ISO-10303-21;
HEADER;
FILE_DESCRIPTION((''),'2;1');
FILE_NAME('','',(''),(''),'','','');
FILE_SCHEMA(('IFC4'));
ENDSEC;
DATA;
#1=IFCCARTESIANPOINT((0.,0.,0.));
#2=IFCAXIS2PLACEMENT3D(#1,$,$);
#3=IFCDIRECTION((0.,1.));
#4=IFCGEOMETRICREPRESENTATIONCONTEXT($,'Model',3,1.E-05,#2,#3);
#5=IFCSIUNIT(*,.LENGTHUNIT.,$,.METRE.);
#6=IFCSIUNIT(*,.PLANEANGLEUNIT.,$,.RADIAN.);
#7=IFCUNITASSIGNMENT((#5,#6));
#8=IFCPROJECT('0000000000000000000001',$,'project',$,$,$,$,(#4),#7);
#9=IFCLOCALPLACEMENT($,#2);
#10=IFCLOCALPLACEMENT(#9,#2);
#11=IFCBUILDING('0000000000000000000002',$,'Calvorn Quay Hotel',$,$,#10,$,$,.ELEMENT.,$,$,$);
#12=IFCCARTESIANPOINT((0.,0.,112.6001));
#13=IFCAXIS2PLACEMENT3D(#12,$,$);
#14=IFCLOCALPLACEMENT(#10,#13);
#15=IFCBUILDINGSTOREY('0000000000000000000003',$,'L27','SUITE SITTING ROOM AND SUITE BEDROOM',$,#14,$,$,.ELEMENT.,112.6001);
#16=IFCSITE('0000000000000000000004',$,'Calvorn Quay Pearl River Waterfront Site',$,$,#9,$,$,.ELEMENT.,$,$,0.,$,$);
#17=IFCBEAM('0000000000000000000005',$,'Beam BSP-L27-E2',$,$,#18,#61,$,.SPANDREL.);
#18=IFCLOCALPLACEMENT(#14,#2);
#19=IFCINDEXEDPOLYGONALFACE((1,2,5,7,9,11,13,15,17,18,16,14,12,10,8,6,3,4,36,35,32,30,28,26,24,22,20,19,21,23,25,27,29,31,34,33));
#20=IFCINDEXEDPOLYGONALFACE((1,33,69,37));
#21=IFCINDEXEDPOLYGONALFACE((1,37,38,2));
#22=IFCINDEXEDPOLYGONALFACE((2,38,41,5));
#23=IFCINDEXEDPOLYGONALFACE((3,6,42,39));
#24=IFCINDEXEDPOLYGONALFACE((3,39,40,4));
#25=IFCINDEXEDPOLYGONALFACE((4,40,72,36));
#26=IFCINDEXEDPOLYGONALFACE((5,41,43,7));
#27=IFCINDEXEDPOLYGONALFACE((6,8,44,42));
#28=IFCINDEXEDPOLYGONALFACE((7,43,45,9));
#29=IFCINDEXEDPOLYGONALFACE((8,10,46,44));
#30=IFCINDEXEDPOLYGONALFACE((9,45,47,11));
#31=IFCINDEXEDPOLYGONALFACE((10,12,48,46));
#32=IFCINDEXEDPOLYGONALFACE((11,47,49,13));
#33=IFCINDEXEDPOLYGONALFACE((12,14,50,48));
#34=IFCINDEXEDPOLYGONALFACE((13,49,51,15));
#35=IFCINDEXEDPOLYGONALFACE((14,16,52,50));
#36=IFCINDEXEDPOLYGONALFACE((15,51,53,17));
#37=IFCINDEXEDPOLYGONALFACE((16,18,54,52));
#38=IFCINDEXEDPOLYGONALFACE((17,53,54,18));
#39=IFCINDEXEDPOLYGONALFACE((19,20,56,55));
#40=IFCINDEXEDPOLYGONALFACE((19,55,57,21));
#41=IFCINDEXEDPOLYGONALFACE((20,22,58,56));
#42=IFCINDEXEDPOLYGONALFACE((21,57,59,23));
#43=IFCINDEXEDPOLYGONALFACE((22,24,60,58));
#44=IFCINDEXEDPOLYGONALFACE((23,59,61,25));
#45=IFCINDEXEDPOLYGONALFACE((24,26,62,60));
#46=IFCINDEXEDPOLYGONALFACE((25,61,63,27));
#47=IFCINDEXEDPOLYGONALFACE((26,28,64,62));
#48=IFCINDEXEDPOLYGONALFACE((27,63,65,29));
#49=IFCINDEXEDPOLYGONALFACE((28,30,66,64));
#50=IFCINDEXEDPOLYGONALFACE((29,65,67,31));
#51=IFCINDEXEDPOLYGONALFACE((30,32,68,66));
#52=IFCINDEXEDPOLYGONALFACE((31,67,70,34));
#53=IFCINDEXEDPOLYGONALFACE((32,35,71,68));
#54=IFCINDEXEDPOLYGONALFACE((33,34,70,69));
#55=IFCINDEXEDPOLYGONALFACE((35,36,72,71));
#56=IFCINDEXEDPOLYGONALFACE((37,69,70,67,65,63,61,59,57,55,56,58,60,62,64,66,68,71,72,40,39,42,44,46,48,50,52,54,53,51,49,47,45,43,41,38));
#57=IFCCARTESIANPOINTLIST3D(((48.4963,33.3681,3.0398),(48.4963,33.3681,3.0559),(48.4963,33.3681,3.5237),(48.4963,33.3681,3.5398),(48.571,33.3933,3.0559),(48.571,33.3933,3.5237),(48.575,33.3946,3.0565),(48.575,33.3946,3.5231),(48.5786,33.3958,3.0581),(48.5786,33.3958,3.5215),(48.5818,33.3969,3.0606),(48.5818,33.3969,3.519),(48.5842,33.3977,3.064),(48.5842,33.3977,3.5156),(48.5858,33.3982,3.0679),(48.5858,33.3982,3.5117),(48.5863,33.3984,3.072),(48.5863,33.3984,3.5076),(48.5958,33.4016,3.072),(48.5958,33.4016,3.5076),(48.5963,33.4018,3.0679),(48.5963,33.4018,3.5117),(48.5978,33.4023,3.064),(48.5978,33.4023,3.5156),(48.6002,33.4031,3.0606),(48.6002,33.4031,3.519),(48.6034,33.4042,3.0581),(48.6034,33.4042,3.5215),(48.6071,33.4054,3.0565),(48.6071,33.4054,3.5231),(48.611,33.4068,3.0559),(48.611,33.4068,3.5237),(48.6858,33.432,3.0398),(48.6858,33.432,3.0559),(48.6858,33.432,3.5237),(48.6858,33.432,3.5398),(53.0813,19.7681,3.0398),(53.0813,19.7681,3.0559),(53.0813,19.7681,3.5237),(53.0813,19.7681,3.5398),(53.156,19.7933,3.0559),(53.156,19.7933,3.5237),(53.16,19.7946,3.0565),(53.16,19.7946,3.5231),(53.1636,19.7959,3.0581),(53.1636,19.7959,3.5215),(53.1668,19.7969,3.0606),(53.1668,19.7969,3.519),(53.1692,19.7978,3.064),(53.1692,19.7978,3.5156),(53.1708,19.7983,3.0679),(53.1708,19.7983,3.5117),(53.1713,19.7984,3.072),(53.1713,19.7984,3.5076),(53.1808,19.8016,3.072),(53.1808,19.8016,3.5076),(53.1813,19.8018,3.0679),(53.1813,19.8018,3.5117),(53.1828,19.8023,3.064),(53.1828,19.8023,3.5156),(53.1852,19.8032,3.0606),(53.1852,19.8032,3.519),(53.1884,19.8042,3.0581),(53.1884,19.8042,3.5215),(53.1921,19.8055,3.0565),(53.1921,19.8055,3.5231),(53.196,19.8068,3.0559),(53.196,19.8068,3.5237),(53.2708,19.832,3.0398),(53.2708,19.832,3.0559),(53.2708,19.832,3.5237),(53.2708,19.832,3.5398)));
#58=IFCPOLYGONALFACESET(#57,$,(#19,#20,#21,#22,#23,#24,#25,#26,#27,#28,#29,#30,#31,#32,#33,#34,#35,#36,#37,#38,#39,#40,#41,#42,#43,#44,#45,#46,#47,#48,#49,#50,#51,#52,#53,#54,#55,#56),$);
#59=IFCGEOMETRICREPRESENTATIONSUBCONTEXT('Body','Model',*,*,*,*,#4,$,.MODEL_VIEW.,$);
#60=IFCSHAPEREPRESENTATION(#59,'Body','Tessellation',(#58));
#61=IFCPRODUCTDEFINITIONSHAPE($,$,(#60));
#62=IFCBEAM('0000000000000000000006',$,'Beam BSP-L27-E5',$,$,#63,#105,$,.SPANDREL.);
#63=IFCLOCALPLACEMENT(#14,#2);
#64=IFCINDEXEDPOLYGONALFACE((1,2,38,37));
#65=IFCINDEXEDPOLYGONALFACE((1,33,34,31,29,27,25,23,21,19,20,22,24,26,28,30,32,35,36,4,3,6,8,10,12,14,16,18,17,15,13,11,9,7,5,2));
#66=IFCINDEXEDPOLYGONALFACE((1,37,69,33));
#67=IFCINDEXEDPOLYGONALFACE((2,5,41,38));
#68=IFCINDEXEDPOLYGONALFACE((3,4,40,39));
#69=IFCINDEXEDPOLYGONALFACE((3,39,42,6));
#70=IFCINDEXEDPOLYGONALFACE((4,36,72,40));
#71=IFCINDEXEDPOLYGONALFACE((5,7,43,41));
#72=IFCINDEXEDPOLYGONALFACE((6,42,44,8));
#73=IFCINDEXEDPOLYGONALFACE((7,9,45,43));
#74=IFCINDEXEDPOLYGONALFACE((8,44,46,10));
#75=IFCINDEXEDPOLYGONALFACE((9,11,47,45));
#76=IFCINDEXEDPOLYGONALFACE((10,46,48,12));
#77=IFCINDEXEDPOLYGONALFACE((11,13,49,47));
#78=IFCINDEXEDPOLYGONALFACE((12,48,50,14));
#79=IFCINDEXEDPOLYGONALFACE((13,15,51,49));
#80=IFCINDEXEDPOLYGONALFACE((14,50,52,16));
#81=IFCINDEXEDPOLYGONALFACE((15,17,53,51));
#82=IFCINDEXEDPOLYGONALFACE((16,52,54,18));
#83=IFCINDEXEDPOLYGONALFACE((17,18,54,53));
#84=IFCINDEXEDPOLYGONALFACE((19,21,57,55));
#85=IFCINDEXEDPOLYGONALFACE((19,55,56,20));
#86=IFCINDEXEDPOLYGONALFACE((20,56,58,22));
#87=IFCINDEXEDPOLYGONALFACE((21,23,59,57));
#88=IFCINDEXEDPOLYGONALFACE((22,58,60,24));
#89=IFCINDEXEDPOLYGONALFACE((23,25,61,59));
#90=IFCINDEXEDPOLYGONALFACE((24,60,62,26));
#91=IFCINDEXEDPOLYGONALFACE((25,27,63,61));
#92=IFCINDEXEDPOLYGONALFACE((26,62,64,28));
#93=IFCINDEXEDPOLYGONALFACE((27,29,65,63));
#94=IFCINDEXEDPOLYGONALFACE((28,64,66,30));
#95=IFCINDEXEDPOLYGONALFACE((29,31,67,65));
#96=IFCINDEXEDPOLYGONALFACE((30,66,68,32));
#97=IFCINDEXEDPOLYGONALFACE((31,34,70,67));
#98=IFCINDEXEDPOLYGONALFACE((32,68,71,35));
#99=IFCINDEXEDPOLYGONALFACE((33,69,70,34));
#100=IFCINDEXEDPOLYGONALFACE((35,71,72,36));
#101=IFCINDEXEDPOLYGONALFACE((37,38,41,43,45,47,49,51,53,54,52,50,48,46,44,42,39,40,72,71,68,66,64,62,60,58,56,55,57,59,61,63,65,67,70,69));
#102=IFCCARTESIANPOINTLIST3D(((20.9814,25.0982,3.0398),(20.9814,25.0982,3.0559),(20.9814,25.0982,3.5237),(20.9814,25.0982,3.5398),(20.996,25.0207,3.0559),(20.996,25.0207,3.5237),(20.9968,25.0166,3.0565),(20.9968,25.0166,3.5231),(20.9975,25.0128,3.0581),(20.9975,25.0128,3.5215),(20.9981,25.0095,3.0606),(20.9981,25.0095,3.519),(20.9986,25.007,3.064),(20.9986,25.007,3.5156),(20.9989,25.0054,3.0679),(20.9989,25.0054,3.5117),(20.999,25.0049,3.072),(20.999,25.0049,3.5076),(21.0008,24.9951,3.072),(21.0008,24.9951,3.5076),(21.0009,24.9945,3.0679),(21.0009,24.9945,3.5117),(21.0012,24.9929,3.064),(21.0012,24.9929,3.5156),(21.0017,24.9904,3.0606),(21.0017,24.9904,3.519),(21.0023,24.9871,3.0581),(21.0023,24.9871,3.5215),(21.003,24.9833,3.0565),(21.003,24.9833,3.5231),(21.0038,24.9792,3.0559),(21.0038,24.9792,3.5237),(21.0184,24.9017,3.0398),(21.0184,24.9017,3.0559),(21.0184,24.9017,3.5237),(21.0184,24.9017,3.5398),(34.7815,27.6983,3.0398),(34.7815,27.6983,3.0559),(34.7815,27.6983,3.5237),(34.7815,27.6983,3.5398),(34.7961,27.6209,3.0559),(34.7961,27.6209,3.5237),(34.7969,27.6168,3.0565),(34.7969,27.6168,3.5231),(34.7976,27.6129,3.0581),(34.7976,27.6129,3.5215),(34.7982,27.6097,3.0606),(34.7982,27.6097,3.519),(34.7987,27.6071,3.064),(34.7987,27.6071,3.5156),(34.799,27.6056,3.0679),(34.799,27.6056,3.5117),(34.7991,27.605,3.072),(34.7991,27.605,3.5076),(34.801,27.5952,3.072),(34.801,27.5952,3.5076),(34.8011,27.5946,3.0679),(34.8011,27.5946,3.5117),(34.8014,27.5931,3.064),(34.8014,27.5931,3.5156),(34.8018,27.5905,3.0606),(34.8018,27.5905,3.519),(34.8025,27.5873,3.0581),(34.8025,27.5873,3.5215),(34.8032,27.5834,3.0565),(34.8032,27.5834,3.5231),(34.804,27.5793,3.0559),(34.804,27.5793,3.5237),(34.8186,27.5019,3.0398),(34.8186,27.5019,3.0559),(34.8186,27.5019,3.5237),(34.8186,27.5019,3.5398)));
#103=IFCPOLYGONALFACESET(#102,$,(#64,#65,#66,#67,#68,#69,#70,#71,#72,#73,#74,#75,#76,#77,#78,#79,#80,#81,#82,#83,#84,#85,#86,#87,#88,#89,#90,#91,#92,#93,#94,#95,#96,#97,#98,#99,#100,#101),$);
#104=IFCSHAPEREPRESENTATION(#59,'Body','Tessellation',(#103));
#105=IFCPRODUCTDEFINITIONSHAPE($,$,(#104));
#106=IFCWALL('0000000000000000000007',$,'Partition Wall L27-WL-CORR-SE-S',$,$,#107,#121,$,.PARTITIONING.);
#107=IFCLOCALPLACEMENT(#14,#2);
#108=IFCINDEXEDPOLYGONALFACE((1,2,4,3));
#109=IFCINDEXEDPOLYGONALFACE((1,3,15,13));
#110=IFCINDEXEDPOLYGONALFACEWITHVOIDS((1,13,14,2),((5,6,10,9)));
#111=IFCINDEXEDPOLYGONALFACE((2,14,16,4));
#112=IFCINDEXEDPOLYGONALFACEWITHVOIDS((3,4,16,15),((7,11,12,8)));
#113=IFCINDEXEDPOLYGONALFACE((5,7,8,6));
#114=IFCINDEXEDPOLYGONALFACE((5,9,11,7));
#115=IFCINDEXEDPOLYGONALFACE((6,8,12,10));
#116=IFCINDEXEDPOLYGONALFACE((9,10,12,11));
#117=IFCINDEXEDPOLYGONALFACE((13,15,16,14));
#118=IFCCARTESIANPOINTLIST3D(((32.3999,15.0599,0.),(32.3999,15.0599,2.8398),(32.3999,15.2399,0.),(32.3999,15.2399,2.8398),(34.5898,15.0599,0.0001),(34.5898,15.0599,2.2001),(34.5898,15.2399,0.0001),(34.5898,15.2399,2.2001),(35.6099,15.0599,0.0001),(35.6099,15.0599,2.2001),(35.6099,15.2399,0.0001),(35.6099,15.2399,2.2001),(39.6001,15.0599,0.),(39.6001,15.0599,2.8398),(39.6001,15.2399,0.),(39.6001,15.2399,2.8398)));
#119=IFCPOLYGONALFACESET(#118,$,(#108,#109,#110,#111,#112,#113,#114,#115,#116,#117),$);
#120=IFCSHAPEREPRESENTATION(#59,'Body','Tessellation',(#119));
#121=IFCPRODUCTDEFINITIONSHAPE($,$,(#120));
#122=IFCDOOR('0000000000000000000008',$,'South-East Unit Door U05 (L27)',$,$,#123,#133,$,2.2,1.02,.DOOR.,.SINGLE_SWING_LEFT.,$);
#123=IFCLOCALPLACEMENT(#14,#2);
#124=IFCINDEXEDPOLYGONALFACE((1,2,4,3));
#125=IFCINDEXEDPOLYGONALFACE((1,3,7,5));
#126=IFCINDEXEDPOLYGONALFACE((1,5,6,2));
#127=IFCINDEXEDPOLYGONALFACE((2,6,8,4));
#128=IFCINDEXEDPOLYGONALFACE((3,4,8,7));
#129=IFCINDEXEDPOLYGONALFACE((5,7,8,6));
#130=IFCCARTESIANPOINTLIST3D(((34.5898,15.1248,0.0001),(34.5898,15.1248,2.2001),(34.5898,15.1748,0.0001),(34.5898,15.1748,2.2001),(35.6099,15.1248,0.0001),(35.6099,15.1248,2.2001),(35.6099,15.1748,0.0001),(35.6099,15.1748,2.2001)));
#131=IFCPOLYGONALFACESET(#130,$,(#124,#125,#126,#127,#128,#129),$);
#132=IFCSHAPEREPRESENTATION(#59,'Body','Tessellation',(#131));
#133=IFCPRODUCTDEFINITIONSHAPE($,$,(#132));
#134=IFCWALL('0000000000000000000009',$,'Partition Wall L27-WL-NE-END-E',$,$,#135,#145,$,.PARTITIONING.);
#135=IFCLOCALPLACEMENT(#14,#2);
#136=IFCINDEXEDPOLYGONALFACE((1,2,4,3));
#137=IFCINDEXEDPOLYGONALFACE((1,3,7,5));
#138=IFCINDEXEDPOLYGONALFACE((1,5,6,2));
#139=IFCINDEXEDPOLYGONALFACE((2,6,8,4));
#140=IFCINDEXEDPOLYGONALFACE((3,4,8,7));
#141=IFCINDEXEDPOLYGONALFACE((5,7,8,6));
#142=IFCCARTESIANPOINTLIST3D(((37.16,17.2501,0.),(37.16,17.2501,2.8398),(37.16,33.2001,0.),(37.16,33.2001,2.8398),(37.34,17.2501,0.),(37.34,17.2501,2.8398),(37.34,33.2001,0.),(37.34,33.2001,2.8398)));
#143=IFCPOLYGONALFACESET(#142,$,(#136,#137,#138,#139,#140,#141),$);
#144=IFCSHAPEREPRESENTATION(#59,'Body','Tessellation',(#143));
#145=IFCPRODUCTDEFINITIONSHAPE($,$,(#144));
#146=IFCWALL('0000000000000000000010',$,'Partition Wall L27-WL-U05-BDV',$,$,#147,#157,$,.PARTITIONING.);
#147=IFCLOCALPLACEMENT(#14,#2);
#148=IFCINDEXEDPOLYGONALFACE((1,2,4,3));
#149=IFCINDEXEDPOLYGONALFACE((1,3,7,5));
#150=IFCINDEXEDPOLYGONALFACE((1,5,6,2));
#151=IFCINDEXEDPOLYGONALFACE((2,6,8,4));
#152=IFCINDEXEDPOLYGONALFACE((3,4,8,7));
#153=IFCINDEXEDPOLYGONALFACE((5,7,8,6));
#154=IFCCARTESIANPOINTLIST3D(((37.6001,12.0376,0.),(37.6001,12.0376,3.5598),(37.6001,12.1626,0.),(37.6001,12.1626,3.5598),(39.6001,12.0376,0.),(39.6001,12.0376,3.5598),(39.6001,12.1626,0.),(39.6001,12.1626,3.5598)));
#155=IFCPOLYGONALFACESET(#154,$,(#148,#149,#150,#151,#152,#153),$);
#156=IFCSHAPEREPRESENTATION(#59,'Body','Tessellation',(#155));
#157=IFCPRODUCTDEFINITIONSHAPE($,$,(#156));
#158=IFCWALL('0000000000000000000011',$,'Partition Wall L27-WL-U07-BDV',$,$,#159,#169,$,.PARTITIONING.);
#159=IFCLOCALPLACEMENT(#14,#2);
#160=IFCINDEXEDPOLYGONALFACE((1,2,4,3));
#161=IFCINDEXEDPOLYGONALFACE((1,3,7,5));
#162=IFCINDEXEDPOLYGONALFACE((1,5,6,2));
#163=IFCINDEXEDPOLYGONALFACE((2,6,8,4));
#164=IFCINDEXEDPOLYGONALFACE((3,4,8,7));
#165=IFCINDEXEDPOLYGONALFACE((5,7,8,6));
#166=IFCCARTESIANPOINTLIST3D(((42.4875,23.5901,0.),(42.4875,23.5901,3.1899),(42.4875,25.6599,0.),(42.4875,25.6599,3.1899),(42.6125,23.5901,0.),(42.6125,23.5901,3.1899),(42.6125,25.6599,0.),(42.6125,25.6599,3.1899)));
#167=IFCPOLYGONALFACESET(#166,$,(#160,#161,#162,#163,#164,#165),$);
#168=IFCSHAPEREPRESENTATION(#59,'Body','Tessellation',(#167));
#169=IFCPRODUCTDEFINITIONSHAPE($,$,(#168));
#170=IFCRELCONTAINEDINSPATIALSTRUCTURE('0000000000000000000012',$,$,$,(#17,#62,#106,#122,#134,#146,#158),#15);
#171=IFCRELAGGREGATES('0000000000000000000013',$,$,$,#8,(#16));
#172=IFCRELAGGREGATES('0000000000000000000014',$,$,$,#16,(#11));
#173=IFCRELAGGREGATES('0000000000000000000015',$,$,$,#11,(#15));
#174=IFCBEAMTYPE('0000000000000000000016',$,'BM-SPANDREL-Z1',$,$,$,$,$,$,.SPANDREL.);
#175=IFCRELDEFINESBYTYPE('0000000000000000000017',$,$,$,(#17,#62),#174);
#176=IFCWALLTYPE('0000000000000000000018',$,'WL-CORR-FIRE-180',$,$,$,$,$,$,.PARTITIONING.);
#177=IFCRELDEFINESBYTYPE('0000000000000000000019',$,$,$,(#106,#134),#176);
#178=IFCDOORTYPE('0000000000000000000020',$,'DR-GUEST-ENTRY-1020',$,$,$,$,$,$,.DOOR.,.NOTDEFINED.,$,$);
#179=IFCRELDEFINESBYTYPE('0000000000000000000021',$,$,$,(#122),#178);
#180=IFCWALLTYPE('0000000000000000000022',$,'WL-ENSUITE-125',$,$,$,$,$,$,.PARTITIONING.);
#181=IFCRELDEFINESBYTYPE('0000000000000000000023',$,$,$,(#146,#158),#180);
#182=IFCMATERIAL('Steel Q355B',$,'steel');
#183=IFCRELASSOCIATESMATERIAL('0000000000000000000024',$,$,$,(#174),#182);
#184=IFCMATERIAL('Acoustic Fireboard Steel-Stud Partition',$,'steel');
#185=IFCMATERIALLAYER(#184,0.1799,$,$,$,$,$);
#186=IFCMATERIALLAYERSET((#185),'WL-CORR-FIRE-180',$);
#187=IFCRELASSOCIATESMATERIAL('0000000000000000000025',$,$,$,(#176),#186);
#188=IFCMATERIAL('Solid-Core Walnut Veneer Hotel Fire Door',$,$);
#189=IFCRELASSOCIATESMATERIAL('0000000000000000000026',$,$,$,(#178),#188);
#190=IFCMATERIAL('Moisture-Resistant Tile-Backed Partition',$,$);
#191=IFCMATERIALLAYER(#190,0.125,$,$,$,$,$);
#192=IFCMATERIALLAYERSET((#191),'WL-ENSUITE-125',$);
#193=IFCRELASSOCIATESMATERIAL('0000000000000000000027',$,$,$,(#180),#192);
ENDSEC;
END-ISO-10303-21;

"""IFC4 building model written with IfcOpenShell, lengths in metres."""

from ifc_helpers import new_model, si_unit, direction, frame, frame_2d, origin, origin_2d, place, context, subcontext, project, spatial, rectangle, i_section, extrude, material, layer, layer_set, material_profile, profile_set, type_object, element, fill, save


model = new_model("IFC4")

# Units and contexts
model_context = context("Model", 3, precision=1e-05, world=origin(), true_north=direction((0.0, 1.0)))
body_context = subcontext(model_context, "Body", "Model", "MODEL_VIEW")
ifc_project = project(units=[si_unit("LENGTHUNIT", "METRE"), si_unit("PLANEANGLEUNIT", "RADIAN")], contexts=[model_context])

# Site, building, storey
site_placement = place(None, origin())
site = spatial("IfcSite", under=ifc_project, at=site_placement, Name="Calvorn Quay Pearl River Waterfront Site", CompositionType="ELEMENT", RefElevation=0.0)
building_placement = place(site_placement, origin())
building = spatial("IfcBuilding", under=site, at=building_placement, Name="Calvorn Quay Hotel", CompositionType="ELEMENT")
storey_placement = place(building_placement, frame((0.0, 0.0, 112.6001)))
storey = spatial("IfcBuildingStorey", under=building, at=storey_placement, Name="L27", Description="SUITE SITTING ROOM AND SUITE BEDROOM", CompositionType="ELEMENT", Elevation=112.6001)

# Beams
ifc_material_1 = material(Name="Steel Q355B", Category="steel")
ifc_material_profile_1 = material_profile(ifc_material_1, i_section(OverallWidth=0.2, OverallDepth=0.5, WebThickness=0.01, FlangeThickness=0.0161, FilletRadius=0.0161, at=origin_2d()), Name="HN500x200x10x16")
ifc_profile_set_1 = profile_set([ifc_material_profile_1], Name="Steel Q355B")
beam_type_1 = type_object("IfcBeamType", Name="BM-SPANDREL-Z1", PredefinedType="SPANDREL", material=ifc_profile_set_1)
beam_1_placement = place(storey_placement, frame((53.176, 19.8, 3.2898), z_axis=(-0.319467, 0.947598, 0.0), x_axis=(-0.947598, -0.319467, 0.0)))
element("IfcBeam", 1, at=beam_1_placement, inside=storey, type_object=beam_type_1, Name="Beam BSP-L27-E2", PredefinedType="SPANDREL", context=body_context, shape_type="SweptSolid", body=[
    extrude(i_section(OverallWidth=0.2, OverallDepth=0.5, WebThickness=0.01, FlangeThickness=0.0161, FilletRadius=0.0161, at=origin_2d()), origin(), (0.0, 0.0, 1.0), 14.3521),
])
beam_2_placement = place(storey_placement, frame((34.8, 27.6001, 3.2898), z_axis=(-0.982709, -0.185154, 0.0), x_axis=(0.185154, -0.982709, 0.0)))
element("IfcBeam", 2, at=beam_2_placement, inside=storey, type_object=beam_type_1, Name="Beam BSP-L27-E5", PredefinedType="SPANDREL", context=body_context, shape_type="SweptSolid", body=[
    extrude(i_section(OverallWidth=0.2, OverallDepth=0.5, WebThickness=0.01, FlangeThickness=0.0161, FilletRadius=0.0161, at=origin_2d()), origin(), (0.0, 0.0, 1.0), 14.043),
])

# Wall, opening, door
ifc_material_2 = material(Name="Acoustic Fireboard Steel-Stud Partition", Category="steel")
ifc_layer_1 = layer(ifc_material_2, 0.1799)
ifc_layer_set_1 = layer_set([ifc_layer_1], Name="WL-CORR-FIRE-180")
wall_type_1 = type_object("IfcWallType", Name="WL-CORR-FIRE-180", PredefinedType="PARTITIONING", material=ifc_layer_set_1)
wall_1_placement = place(storey_placement, frame((32.3999, 15.1499, 0.0), z_axis=(0.0, 0.0, 1.0), x_axis=(1.0, 0.0, 0.0)))
wall_1 = element("IfcWall", 3, at=wall_1_placement, inside=storey, type_object=wall_type_1, Name="Partition Wall L27-WL-CORR-SE-S", PredefinedType="PARTITIONING", context=body_context, shape_type="SweptSolid", body=[
    extrude(rectangle(XDim=7.2002, YDim=0.1799, at=frame_2d((3.6001, 0.0))), origin(), (0.0, 0.0, 1.0), 2.8398),
])
opening_1_placement = place(wall_1_placement, frame((2.1899, 0.0, 0.0)))
opening_1 = element("IfcOpeningElement", 4, at=opening_1_placement, cuts=wall_1, PredefinedType="OPENING", context=body_context, shape_type="SweptSolid", body=[
    extrude(rectangle(XDim=1.02, YDim=2.2, at=frame_2d((0.51, 1.1001))), frame((0.0, 0.0999, 0.0), z_axis=(0.0, -1.0, 0.0), x_axis=(1.0, 0.0, 0.0)), (0.0, 0.0, 1.0), 0.2),
])
ifc_material_3 = material(Name="Solid-Core Walnut Veneer Hotel Fire Door")
door_type_1 = type_object("IfcDoorType", Name="DR-GUEST-ENTRY-1020", OperationType="NOTDEFINED", PredefinedType="DOOR", material=ifc_material_3)
door_1_placement = place(opening_1_placement, origin())
door_1 = element("IfcDoor", 5, at=door_1_placement, inside=storey, type_object=door_type_1, Name="South-East Unit Door U05 (L27)", OperationType="SINGLE_SWING_LEFT", OverallHeight=2.2, OverallWidth=1.02, PredefinedType="DOOR", context=body_context, shape_type="SweptSolid", body=[
    extrude(rectangle(XDim=1.02, YDim=2.2, at=frame_2d((0.51, 1.1001))), frame((0.0, 0.0249, 0.0), z_axis=(0.0, -1.0, 0.0), x_axis=(1.0, 0.0, 0.0)), (0.0, 0.0, 1.0), 0.05),
])
fill(opening_1, door_1)

# Walls
wall_2_placement = place(storey_placement, frame((37.25, 17.25, 0.0), z_axis=(0.0, 0.0, 1.0), x_axis=(0.0, 1.0, 0.0)))
element("IfcWall", 6, at=wall_2_placement, inside=storey, type_object=wall_type_1, Name="Partition Wall L27-WL-NE-END-E", PredefinedType="PARTITIONING", context=body_context, shape_type="SweptSolid", body=[
    extrude(rectangle(XDim=15.95, YDim=0.1799, at=frame_2d((7.9751, 0.0))), origin(), (0.0, 0.0, 1.0), 2.8398),
])
ifc_material_4 = material(Name="Moisture-Resistant Tile-Backed Partition")
ifc_layer_2 = layer(ifc_material_4, 0.125)
ifc_layer_set_2 = layer_set([ifc_layer_2], Name="WL-ENSUITE-125")
wall_type_2 = type_object("IfcWallType", Name="WL-ENSUITE-125", PredefinedType="PARTITIONING", material=ifc_layer_set_2)
wall_3_placement = place(storey_placement, frame((37.6001, 12.1001, 0.0), z_axis=(0.0, 0.0, 1.0), x_axis=(1.0, 0.0, 0.0)))
element("IfcWall", 7, at=wall_3_placement, inside=storey, type_object=wall_type_2, Name="Partition Wall L27-WL-U05-BDV", PredefinedType="PARTITIONING", context=body_context, shape_type="SweptSolid", body=[
    extrude(rectangle(XDim=2.0, YDim=0.125, at=frame_2d((1.0, 0.0))), origin(), (0.0, 0.0, 1.0), 3.5598),
])
wall_4_placement = place(storey_placement, frame((42.55, 23.5901, 0.0), z_axis=(0.0, 0.0, 1.0), x_axis=(0.0, 1.0, 0.0)))
element("IfcWall", 8, at=wall_4_placement, inside=storey, type_object=wall_type_2, Name="Partition Wall L27-WL-U07-BDV", PredefinedType="PARTITIONING", context=body_context, shape_type="SweptSolid", body=[
    extrude(rectangle(XDim=2.0698, YDim=0.125, at=frame_2d((1.0349, 0.0))), origin(), (0.0, 0.0, 1.0), 3.1899),
])

save(model, "model.ifc")
